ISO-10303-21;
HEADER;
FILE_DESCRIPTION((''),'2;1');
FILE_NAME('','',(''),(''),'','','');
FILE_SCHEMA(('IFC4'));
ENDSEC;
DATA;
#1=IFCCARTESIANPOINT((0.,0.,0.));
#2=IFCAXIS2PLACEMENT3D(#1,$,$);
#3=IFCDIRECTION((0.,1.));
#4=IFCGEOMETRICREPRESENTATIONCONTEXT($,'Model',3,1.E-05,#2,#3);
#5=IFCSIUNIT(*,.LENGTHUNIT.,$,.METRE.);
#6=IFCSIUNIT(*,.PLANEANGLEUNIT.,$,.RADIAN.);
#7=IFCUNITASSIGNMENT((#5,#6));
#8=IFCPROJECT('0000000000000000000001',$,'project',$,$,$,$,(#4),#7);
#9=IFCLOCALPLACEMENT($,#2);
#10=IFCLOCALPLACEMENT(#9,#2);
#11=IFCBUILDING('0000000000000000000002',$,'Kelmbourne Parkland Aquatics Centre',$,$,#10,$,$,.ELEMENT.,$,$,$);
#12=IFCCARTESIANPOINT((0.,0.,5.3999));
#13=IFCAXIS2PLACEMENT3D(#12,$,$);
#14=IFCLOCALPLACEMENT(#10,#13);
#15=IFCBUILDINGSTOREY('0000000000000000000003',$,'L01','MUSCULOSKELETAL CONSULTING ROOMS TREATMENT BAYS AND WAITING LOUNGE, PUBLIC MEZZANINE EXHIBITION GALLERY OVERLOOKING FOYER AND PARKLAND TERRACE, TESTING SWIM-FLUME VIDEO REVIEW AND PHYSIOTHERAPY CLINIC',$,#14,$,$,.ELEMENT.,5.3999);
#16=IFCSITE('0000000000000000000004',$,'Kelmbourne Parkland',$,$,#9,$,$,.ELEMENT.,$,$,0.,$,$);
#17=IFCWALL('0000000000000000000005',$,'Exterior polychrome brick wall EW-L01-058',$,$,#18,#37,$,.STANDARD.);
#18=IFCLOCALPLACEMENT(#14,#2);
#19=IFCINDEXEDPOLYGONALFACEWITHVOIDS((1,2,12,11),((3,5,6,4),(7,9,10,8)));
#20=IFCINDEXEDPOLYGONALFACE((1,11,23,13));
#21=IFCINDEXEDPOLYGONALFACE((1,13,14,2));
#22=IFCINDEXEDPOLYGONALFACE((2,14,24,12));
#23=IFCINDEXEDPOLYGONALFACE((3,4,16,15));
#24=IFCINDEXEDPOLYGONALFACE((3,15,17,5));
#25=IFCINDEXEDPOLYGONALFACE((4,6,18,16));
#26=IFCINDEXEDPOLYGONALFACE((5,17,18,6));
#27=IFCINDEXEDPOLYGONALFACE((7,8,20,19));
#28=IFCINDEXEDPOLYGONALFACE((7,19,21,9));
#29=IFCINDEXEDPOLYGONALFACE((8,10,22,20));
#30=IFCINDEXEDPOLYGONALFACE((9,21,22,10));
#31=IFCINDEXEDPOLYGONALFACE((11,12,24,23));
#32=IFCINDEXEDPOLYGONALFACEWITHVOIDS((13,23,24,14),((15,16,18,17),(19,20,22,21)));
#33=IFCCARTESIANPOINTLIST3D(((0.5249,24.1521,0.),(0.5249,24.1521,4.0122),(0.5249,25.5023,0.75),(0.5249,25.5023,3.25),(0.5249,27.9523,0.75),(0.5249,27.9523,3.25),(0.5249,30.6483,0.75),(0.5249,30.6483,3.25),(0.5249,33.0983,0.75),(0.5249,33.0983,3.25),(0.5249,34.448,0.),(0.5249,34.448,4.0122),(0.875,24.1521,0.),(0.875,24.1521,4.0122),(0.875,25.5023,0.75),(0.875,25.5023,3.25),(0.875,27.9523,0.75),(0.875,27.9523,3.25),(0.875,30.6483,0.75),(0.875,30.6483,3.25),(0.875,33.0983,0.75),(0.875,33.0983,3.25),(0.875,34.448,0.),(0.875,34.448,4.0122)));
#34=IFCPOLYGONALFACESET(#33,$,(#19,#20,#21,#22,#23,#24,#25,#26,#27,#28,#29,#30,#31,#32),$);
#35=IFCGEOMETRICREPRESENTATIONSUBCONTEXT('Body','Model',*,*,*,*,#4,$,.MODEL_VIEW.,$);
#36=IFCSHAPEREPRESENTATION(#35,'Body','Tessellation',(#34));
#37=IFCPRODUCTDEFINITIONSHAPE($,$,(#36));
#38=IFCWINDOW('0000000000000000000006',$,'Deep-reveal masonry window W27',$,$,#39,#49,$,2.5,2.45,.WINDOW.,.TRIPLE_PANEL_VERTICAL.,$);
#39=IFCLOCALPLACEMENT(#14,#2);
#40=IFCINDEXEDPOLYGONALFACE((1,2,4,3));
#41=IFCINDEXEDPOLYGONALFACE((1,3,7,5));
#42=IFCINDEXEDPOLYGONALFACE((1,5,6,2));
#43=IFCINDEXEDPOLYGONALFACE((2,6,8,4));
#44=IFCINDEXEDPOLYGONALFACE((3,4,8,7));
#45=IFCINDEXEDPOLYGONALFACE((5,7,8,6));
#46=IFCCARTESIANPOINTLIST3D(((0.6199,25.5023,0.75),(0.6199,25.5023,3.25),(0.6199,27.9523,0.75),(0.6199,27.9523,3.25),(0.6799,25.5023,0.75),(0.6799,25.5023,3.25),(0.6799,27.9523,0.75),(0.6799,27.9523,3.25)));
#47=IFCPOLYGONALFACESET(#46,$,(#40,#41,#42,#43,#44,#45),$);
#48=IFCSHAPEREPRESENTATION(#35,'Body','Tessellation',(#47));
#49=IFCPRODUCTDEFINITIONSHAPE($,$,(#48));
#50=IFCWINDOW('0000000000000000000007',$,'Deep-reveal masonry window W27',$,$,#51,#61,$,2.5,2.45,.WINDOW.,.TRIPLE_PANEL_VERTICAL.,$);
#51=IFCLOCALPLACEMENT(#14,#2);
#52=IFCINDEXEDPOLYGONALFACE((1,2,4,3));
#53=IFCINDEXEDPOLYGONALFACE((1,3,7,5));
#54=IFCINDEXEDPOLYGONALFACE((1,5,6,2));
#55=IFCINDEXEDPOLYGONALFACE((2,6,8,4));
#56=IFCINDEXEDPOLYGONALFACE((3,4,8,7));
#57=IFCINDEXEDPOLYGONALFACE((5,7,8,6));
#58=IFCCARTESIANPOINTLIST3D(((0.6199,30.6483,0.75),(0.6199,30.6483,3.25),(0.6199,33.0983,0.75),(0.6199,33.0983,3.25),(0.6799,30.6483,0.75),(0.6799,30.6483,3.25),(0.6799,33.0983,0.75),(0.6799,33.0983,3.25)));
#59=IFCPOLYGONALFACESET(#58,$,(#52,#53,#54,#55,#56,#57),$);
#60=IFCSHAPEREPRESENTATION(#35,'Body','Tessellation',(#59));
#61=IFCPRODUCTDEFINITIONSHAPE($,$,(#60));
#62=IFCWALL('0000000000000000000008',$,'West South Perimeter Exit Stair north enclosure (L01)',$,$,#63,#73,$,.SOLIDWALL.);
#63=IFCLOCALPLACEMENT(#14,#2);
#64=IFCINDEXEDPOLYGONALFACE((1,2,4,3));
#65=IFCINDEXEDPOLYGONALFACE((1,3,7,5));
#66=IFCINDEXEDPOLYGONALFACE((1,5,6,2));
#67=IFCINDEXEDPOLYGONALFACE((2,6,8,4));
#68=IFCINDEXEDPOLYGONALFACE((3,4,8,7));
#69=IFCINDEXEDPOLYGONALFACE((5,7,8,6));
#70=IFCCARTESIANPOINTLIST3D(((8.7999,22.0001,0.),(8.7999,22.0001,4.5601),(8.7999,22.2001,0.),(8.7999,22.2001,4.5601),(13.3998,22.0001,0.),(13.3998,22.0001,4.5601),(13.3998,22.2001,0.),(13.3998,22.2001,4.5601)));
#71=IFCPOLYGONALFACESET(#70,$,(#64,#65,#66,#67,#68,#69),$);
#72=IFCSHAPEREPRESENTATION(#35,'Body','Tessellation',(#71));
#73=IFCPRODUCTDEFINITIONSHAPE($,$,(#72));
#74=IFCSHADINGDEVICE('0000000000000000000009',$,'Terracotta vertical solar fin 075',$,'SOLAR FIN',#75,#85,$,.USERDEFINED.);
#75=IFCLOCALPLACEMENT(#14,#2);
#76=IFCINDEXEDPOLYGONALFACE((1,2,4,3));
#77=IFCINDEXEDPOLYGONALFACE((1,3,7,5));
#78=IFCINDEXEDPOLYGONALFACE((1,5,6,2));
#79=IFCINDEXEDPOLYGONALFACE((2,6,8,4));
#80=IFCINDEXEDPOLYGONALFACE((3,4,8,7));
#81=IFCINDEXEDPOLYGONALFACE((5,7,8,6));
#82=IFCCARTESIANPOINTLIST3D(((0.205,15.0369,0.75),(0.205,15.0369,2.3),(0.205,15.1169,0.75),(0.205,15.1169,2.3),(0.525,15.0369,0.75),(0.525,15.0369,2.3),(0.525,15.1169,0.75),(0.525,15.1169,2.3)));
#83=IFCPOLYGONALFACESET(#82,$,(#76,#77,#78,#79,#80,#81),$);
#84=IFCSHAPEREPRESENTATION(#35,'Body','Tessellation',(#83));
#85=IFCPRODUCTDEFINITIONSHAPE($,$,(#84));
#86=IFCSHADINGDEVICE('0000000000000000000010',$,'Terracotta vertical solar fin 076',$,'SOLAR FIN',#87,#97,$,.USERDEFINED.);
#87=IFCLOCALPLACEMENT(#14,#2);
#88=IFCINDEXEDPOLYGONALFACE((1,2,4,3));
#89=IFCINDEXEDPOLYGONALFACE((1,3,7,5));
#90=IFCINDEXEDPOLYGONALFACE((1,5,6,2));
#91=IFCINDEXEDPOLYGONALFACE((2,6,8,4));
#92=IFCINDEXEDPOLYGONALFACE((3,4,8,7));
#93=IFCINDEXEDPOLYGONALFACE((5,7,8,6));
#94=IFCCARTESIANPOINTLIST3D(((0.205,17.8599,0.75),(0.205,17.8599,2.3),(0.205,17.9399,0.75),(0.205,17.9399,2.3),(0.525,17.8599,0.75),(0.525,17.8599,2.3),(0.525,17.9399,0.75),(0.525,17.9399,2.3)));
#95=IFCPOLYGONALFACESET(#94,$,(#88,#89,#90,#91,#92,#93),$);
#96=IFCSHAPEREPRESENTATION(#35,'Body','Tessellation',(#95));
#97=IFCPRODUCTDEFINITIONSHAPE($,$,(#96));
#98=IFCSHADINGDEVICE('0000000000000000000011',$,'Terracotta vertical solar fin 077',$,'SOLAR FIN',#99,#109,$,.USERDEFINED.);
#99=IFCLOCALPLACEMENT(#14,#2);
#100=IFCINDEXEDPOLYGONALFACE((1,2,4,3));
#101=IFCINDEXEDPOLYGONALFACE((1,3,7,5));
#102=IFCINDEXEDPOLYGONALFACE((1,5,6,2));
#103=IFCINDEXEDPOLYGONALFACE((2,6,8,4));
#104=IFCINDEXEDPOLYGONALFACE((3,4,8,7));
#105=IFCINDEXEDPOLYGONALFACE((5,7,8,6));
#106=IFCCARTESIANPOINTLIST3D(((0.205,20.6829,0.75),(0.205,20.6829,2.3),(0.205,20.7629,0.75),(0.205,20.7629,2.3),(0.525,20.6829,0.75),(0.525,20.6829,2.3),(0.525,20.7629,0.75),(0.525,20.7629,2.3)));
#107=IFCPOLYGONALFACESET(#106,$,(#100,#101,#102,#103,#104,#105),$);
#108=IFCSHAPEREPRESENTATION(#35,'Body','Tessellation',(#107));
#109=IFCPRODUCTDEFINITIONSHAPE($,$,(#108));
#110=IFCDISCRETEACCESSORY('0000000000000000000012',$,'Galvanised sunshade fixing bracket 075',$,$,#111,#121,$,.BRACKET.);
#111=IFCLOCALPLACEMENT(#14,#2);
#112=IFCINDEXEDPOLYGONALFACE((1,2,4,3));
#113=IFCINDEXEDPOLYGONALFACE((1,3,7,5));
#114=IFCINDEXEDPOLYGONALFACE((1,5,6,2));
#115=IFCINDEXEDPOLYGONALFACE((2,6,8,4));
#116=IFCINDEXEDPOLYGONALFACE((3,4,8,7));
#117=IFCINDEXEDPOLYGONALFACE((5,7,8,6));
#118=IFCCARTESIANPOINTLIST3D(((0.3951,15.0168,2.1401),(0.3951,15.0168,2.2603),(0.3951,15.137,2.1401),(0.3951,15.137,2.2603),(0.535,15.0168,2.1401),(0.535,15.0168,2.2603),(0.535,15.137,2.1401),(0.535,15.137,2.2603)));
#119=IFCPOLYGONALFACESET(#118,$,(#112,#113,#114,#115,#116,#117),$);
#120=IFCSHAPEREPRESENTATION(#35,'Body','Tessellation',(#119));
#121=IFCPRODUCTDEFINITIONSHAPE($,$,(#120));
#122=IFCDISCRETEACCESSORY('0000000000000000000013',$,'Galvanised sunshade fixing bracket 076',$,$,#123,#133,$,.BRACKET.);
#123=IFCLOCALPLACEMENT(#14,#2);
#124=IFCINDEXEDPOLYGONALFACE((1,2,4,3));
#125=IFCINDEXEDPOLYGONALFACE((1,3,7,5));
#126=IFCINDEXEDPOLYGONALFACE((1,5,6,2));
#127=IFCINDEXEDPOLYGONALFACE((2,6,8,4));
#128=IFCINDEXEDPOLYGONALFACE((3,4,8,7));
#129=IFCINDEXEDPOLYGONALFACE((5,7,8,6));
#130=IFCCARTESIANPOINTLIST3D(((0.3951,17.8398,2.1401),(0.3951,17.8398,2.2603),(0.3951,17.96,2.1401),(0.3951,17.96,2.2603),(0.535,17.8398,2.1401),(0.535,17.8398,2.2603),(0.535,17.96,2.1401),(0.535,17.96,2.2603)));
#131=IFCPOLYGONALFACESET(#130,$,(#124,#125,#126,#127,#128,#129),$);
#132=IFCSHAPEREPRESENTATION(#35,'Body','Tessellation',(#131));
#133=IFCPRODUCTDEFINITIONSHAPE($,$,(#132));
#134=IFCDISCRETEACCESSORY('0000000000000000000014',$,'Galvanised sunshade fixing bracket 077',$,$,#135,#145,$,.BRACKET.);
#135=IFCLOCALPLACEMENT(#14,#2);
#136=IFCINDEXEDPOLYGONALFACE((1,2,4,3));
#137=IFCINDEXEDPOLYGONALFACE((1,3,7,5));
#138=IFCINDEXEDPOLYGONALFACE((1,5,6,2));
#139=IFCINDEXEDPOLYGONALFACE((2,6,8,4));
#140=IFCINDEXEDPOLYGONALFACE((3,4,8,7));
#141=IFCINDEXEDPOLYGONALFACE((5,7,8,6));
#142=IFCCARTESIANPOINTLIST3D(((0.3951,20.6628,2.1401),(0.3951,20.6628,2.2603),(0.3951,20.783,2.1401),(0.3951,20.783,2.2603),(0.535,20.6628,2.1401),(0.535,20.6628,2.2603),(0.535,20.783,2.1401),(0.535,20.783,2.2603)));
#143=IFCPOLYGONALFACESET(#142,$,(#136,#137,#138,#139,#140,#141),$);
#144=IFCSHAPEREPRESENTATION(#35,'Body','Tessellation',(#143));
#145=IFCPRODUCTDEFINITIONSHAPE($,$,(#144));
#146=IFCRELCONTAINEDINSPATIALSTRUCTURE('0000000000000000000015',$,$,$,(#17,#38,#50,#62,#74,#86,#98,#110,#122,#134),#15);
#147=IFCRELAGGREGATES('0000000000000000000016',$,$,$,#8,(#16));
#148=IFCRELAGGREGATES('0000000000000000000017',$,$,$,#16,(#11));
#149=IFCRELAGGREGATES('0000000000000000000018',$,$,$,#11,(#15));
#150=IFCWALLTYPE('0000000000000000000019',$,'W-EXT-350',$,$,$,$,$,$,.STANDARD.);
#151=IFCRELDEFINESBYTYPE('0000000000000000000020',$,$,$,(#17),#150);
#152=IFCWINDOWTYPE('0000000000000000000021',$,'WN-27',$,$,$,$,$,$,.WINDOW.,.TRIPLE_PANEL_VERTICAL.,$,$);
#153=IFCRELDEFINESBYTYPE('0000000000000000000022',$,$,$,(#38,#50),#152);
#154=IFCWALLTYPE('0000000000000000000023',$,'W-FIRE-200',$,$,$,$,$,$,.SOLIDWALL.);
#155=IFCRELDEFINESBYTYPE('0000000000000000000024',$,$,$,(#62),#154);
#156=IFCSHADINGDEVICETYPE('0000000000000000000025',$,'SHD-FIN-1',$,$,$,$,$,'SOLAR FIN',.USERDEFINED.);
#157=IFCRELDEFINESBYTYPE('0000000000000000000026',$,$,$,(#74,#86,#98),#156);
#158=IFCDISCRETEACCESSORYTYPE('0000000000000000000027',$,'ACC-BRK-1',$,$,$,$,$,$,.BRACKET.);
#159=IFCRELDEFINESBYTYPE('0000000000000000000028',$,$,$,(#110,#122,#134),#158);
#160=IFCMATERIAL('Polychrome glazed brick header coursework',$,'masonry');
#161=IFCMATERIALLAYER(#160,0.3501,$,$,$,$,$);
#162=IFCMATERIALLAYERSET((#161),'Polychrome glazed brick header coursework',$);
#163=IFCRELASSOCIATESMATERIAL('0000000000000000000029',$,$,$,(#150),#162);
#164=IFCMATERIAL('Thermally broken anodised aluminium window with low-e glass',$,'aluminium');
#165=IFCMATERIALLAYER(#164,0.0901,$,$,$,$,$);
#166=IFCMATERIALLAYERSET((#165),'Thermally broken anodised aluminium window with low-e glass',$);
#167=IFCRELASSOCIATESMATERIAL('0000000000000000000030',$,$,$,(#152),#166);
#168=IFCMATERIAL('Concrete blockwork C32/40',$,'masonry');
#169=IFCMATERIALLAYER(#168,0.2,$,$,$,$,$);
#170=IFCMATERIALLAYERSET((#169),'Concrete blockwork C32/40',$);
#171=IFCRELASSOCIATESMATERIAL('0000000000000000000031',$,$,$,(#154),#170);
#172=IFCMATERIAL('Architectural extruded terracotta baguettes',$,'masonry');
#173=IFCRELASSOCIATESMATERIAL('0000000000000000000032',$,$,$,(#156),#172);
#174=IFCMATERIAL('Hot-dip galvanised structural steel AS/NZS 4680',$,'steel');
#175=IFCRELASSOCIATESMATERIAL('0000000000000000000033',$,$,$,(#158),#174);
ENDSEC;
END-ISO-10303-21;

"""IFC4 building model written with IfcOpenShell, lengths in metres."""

from ifc_helpers import new_model, si_unit, direction, frame, frame_2d, origin, origin_2d, place, context, subcontext, project, spatial, rectangle, extrude, material, layer, layer_set, type_object, element, fill, save


model = new_model("IFC4")

# Units and contexts
model_context = context("Model", 3, precision=1e-05, world=origin(), true_north=direction((0.0, 1.0)))
body_context = subcontext(model_context, "Body", "Model", "MODEL_VIEW")
ifc_project = project(units=[si_unit("LENGTHUNIT", "METRE"), si_unit("PLANEANGLEUNIT", "RADIAN")], contexts=[model_context])

# Site, building, storey
site_placement = place(None, origin())
site = spatial("IfcSite", under=ifc_project, at=site_placement, Name="Kelmbourne Parkland", CompositionType="ELEMENT", RefElevation=0.0)
building_placement = place(site_placement, origin())
building = spatial("IfcBuilding", under=site, at=building_placement, Name="Kelmbourne Parkland Aquatics Centre", CompositionType="ELEMENT")
storey_placement = place(building_placement, frame((0.0, 0.0, 5.3999)))
storey = spatial("IfcBuildingStorey", under=building, at=storey_placement, Name="L01", Description="MUSCULOSKELETAL CONSULTING ROOMS TREATMENT BAYS AND WAITING LOUNGE, PUBLIC MEZZANINE EXHIBITION GALLERY OVERLOOKING FOYER AND PARKLAND TERRACE, TESTING SWIM-FLUME VIDEO REVIEW AND PHYSIOTHERAPY CLINIC", CompositionType="ELEMENT", Elevation=5.3999)

# Wall, openings, windows
ifc_material_1 = material(Name="Polychrome glazed brick header coursework", Category="masonry")
ifc_layer_1 = layer(ifc_material_1, 0.3501)
ifc_layer_set_1 = layer_set([ifc_layer_1], Name="Polychrome glazed brick header coursework")
wall_type_1 = type_object("IfcWallType", Name="W-EXT-350", PredefinedType="STANDARD", material=ifc_layer_set_1)
wall_1_placement = place(storey_placement, frame((0.7, 24.1521, 0.0), z_axis=(0.0, 0.0, 1.0), x_axis=(0.0, 1.0, 0.0)))
wall_1 = element("IfcWall", 1, at=wall_1_placement, inside=storey, type_object=wall_type_1, Name="Exterior polychrome brick wall EW-L01-058", PredefinedType="STANDARD", context=body_context, shape_type="SweptSolid", body=[
    extrude(rectangle(XDim=10.2959, YDim=0.3501, at=frame_2d((5.1479, 0.0))), origin(), (0.0, 0.0, 1.0), 4.0122),
])
opening_1_placement = place(wall_1_placement, frame((1.3501, 0.0, 0.75)))
opening_1 = element("IfcOpeningElement", 2, at=opening_1_placement, cuts=wall_1, PredefinedType="OPENING", context=body_context, shape_type="SweptSolid", body=[
    extrude(rectangle(XDim=2.45, YDim=2.5, at=frame_2d((1.2251, 1.25))), frame((0.0, 0.187, 0.0), z_axis=(0.0, -1.0, 0.0), x_axis=(1.0, 0.0, 0.0)), (0.0, 0.0, 1.0), 0.374),
])
opening_2_placement = place(wall_1_placement, frame((6.4961, 0.0, 0.75)))
opening_2 = element("IfcOpeningElement", 3, at=opening_2_placement, cuts=wall_1, PredefinedType="OPENING", context=body_context, shape_type="SweptSolid", body=[
    extrude(rectangle(XDim=2.45, YDim=2.5, at=frame_2d((1.2251, 1.25))), frame((0.0, 0.187, 0.0), z_axis=(0.0, -1.0, 0.0), x_axis=(1.0, 0.0, 0.0)), (0.0, 0.0, 1.0), 0.374),
])
ifc_material_2 = material(Name="Thermally broken anodised aluminium window with low-e glass", Category="aluminium")
ifc_layer_2 = layer(ifc_material_2, 0.0901)
ifc_layer_set_2 = layer_set([ifc_layer_2], Name="Thermally broken anodised aluminium window with low-e glass")
window_type = type_object("IfcWindowType", Name="WN-27", PartitioningType="TRIPLE_PANEL_VERTICAL", PredefinedType="WINDOW", material=ifc_layer_set_2)
window_1_placement = place(opening_1_placement, origin())
window_1 = element("IfcWindow", 4, at=window_1_placement, inside=storey, type_object=window_type, Name="Deep-reveal masonry window W27", OverallHeight=2.5, OverallWidth=2.45, PartitioningType="TRIPLE_PANEL_VERTICAL", PredefinedType="WINDOW", context=body_context, shape_type="SweptSolid", body=[
    extrude(rectangle(XDim=2.45, YDim=2.5, at=frame_2d((1.2251, 1.25))), frame((0.0, 0.0801, 0.0), z_axis=(0.0, -1.0, 0.0), x_axis=(1.0, 0.0, 0.0)), (0.0, 0.0, 1.0), 0.0601),
])
fill(opening_1, window_1)
window_2_placement = place(opening_2_placement, origin())
window_2 = element("IfcWindow", 5, at=window_2_placement, inside=storey, type_object=window_type, Name="Deep-reveal masonry window W27", OverallHeight=2.5, OverallWidth=2.45, PartitioningType="TRIPLE_PANEL_VERTICAL", PredefinedType="WINDOW", context=body_context, shape_type="SweptSolid", body=[
    extrude(rectangle(XDim=2.45, YDim=2.5, at=frame_2d((1.2251, 1.25))), frame((0.0, 0.0801, 0.0), z_axis=(0.0, -1.0, 0.0), x_axis=(1.0, 0.0, 0.0)), (0.0, 0.0, 1.0), 0.0601),
])
fill(opening_2, window_2)

# Wall
ifc_material_3 = material(Name="Concrete blockwork C32/40", Category="masonry")
ifc_layer_3 = layer(ifc_material_3, 0.2)
ifc_layer_set_3 = layer_set([ifc_layer_3], Name="Concrete blockwork C32/40")
wall_type_2 = type_object("IfcWallType", Name="W-FIRE-200", PredefinedType="SOLIDWALL", material=ifc_layer_set_3)
wall_2_placement = place(storey_placement, frame((8.8, 22.1001, 0.0), z_axis=(0.0, 0.0, 1.0), x_axis=(1.0, 0.0, 0.0)))
element("IfcWall", 6, at=wall_2_placement, inside=storey, type_object=wall_type_2, Name="West South Perimeter Exit Stair north enclosure (L01)", PredefinedType="SOLIDWALL", context=body_context, shape_type="SweptSolid", body=[
    extrude(rectangle(XDim=4.5999, YDim=0.2, at=frame_2d((2.2998, 0.0))), origin(), (0.0, 0.0, 1.0), 4.5601),
])

# Shading devices
ifc_material_4 = material(Name="Architectural extruded terracotta baguettes", Category="masonry")
shading_device_type = type_object("IfcShadingDeviceType", Name="SHD-FIN-1", ElementType="SOLAR FIN", PredefinedType="USERDEFINED", material=ifc_material_4)
for number, where, z_axis, x_axis, name in (
    (7, (0.365, 15.0769, 0.75), (0.0, 0.0, 1.0), (0.0, 1.0, 0.0), "Terracotta vertical solar fin 075"),
    (8, (0.365, 17.8999, 0.75), (0.0, 0.0, 1.0), (0.0, 1.0, 0.0), "Terracotta vertical solar fin 076"),
    (9, (0.365, 20.7229, 0.75), (0.0, 0.0, 1.0), (0.0, 1.0, 0.0), "Terracotta vertical solar fin 077"),
):
    element("IfcShadingDevice", number, at=place(storey_placement, frame(where, z_axis=z_axis, x_axis=x_axis)), inside=storey, type_object=shading_device_type, Name=name, ObjectType="SOLAR FIN", PredefinedType="USERDEFINED", context=body_context, shape_type="SweptSolid", body=[
        extrude(rectangle(XDim=0.0801, YDim=0.3201, at=origin_2d()), origin(), (0.0, 0.0, 1.0), 1.55),
    ])

# Discrete accessories
ifc_material_5 = material(Name="Hot-dip galvanised structural steel AS/NZS 4680", Category="steel")
discrete_accessory_type = type_object("IfcDiscreteAccessoryType", Name="ACC-BRK-1", PredefinedType="BRACKET", material=ifc_material_5)
for number, where, z_axis, x_axis, name in (
    (10, (0.4651, 15.0769, 2.1401), (0.0, 0.0, 1.0), (0.0, 1.0, 0.0), "Galvanised sunshade fixing bracket 075"),
    (11, (0.4651, 17.8999, 2.1401), (0.0, 0.0, 1.0), (0.0, 1.0, 0.0), "Galvanised sunshade fixing bracket 076"),
    (12, (0.4651, 20.7229, 2.1401), (0.0, 0.0, 1.0), (0.0, 1.0, 0.0), "Galvanised sunshade fixing bracket 077"),
):
    element("IfcDiscreteAccessory", number, at=place(storey_placement, frame(where, z_axis=z_axis, x_axis=x_axis)), inside=storey, type_object=discrete_accessory_type, Name=name, PredefinedType="BRACKET", context=body_context, shape_type="SweptSolid", body=[
        extrude(rectangle(XDim=0.1201, YDim=0.1399, at=origin_2d()), origin(), (0.0, 0.0, 1.0), 0.1201),
    ])

save(model, "model.ifc")
